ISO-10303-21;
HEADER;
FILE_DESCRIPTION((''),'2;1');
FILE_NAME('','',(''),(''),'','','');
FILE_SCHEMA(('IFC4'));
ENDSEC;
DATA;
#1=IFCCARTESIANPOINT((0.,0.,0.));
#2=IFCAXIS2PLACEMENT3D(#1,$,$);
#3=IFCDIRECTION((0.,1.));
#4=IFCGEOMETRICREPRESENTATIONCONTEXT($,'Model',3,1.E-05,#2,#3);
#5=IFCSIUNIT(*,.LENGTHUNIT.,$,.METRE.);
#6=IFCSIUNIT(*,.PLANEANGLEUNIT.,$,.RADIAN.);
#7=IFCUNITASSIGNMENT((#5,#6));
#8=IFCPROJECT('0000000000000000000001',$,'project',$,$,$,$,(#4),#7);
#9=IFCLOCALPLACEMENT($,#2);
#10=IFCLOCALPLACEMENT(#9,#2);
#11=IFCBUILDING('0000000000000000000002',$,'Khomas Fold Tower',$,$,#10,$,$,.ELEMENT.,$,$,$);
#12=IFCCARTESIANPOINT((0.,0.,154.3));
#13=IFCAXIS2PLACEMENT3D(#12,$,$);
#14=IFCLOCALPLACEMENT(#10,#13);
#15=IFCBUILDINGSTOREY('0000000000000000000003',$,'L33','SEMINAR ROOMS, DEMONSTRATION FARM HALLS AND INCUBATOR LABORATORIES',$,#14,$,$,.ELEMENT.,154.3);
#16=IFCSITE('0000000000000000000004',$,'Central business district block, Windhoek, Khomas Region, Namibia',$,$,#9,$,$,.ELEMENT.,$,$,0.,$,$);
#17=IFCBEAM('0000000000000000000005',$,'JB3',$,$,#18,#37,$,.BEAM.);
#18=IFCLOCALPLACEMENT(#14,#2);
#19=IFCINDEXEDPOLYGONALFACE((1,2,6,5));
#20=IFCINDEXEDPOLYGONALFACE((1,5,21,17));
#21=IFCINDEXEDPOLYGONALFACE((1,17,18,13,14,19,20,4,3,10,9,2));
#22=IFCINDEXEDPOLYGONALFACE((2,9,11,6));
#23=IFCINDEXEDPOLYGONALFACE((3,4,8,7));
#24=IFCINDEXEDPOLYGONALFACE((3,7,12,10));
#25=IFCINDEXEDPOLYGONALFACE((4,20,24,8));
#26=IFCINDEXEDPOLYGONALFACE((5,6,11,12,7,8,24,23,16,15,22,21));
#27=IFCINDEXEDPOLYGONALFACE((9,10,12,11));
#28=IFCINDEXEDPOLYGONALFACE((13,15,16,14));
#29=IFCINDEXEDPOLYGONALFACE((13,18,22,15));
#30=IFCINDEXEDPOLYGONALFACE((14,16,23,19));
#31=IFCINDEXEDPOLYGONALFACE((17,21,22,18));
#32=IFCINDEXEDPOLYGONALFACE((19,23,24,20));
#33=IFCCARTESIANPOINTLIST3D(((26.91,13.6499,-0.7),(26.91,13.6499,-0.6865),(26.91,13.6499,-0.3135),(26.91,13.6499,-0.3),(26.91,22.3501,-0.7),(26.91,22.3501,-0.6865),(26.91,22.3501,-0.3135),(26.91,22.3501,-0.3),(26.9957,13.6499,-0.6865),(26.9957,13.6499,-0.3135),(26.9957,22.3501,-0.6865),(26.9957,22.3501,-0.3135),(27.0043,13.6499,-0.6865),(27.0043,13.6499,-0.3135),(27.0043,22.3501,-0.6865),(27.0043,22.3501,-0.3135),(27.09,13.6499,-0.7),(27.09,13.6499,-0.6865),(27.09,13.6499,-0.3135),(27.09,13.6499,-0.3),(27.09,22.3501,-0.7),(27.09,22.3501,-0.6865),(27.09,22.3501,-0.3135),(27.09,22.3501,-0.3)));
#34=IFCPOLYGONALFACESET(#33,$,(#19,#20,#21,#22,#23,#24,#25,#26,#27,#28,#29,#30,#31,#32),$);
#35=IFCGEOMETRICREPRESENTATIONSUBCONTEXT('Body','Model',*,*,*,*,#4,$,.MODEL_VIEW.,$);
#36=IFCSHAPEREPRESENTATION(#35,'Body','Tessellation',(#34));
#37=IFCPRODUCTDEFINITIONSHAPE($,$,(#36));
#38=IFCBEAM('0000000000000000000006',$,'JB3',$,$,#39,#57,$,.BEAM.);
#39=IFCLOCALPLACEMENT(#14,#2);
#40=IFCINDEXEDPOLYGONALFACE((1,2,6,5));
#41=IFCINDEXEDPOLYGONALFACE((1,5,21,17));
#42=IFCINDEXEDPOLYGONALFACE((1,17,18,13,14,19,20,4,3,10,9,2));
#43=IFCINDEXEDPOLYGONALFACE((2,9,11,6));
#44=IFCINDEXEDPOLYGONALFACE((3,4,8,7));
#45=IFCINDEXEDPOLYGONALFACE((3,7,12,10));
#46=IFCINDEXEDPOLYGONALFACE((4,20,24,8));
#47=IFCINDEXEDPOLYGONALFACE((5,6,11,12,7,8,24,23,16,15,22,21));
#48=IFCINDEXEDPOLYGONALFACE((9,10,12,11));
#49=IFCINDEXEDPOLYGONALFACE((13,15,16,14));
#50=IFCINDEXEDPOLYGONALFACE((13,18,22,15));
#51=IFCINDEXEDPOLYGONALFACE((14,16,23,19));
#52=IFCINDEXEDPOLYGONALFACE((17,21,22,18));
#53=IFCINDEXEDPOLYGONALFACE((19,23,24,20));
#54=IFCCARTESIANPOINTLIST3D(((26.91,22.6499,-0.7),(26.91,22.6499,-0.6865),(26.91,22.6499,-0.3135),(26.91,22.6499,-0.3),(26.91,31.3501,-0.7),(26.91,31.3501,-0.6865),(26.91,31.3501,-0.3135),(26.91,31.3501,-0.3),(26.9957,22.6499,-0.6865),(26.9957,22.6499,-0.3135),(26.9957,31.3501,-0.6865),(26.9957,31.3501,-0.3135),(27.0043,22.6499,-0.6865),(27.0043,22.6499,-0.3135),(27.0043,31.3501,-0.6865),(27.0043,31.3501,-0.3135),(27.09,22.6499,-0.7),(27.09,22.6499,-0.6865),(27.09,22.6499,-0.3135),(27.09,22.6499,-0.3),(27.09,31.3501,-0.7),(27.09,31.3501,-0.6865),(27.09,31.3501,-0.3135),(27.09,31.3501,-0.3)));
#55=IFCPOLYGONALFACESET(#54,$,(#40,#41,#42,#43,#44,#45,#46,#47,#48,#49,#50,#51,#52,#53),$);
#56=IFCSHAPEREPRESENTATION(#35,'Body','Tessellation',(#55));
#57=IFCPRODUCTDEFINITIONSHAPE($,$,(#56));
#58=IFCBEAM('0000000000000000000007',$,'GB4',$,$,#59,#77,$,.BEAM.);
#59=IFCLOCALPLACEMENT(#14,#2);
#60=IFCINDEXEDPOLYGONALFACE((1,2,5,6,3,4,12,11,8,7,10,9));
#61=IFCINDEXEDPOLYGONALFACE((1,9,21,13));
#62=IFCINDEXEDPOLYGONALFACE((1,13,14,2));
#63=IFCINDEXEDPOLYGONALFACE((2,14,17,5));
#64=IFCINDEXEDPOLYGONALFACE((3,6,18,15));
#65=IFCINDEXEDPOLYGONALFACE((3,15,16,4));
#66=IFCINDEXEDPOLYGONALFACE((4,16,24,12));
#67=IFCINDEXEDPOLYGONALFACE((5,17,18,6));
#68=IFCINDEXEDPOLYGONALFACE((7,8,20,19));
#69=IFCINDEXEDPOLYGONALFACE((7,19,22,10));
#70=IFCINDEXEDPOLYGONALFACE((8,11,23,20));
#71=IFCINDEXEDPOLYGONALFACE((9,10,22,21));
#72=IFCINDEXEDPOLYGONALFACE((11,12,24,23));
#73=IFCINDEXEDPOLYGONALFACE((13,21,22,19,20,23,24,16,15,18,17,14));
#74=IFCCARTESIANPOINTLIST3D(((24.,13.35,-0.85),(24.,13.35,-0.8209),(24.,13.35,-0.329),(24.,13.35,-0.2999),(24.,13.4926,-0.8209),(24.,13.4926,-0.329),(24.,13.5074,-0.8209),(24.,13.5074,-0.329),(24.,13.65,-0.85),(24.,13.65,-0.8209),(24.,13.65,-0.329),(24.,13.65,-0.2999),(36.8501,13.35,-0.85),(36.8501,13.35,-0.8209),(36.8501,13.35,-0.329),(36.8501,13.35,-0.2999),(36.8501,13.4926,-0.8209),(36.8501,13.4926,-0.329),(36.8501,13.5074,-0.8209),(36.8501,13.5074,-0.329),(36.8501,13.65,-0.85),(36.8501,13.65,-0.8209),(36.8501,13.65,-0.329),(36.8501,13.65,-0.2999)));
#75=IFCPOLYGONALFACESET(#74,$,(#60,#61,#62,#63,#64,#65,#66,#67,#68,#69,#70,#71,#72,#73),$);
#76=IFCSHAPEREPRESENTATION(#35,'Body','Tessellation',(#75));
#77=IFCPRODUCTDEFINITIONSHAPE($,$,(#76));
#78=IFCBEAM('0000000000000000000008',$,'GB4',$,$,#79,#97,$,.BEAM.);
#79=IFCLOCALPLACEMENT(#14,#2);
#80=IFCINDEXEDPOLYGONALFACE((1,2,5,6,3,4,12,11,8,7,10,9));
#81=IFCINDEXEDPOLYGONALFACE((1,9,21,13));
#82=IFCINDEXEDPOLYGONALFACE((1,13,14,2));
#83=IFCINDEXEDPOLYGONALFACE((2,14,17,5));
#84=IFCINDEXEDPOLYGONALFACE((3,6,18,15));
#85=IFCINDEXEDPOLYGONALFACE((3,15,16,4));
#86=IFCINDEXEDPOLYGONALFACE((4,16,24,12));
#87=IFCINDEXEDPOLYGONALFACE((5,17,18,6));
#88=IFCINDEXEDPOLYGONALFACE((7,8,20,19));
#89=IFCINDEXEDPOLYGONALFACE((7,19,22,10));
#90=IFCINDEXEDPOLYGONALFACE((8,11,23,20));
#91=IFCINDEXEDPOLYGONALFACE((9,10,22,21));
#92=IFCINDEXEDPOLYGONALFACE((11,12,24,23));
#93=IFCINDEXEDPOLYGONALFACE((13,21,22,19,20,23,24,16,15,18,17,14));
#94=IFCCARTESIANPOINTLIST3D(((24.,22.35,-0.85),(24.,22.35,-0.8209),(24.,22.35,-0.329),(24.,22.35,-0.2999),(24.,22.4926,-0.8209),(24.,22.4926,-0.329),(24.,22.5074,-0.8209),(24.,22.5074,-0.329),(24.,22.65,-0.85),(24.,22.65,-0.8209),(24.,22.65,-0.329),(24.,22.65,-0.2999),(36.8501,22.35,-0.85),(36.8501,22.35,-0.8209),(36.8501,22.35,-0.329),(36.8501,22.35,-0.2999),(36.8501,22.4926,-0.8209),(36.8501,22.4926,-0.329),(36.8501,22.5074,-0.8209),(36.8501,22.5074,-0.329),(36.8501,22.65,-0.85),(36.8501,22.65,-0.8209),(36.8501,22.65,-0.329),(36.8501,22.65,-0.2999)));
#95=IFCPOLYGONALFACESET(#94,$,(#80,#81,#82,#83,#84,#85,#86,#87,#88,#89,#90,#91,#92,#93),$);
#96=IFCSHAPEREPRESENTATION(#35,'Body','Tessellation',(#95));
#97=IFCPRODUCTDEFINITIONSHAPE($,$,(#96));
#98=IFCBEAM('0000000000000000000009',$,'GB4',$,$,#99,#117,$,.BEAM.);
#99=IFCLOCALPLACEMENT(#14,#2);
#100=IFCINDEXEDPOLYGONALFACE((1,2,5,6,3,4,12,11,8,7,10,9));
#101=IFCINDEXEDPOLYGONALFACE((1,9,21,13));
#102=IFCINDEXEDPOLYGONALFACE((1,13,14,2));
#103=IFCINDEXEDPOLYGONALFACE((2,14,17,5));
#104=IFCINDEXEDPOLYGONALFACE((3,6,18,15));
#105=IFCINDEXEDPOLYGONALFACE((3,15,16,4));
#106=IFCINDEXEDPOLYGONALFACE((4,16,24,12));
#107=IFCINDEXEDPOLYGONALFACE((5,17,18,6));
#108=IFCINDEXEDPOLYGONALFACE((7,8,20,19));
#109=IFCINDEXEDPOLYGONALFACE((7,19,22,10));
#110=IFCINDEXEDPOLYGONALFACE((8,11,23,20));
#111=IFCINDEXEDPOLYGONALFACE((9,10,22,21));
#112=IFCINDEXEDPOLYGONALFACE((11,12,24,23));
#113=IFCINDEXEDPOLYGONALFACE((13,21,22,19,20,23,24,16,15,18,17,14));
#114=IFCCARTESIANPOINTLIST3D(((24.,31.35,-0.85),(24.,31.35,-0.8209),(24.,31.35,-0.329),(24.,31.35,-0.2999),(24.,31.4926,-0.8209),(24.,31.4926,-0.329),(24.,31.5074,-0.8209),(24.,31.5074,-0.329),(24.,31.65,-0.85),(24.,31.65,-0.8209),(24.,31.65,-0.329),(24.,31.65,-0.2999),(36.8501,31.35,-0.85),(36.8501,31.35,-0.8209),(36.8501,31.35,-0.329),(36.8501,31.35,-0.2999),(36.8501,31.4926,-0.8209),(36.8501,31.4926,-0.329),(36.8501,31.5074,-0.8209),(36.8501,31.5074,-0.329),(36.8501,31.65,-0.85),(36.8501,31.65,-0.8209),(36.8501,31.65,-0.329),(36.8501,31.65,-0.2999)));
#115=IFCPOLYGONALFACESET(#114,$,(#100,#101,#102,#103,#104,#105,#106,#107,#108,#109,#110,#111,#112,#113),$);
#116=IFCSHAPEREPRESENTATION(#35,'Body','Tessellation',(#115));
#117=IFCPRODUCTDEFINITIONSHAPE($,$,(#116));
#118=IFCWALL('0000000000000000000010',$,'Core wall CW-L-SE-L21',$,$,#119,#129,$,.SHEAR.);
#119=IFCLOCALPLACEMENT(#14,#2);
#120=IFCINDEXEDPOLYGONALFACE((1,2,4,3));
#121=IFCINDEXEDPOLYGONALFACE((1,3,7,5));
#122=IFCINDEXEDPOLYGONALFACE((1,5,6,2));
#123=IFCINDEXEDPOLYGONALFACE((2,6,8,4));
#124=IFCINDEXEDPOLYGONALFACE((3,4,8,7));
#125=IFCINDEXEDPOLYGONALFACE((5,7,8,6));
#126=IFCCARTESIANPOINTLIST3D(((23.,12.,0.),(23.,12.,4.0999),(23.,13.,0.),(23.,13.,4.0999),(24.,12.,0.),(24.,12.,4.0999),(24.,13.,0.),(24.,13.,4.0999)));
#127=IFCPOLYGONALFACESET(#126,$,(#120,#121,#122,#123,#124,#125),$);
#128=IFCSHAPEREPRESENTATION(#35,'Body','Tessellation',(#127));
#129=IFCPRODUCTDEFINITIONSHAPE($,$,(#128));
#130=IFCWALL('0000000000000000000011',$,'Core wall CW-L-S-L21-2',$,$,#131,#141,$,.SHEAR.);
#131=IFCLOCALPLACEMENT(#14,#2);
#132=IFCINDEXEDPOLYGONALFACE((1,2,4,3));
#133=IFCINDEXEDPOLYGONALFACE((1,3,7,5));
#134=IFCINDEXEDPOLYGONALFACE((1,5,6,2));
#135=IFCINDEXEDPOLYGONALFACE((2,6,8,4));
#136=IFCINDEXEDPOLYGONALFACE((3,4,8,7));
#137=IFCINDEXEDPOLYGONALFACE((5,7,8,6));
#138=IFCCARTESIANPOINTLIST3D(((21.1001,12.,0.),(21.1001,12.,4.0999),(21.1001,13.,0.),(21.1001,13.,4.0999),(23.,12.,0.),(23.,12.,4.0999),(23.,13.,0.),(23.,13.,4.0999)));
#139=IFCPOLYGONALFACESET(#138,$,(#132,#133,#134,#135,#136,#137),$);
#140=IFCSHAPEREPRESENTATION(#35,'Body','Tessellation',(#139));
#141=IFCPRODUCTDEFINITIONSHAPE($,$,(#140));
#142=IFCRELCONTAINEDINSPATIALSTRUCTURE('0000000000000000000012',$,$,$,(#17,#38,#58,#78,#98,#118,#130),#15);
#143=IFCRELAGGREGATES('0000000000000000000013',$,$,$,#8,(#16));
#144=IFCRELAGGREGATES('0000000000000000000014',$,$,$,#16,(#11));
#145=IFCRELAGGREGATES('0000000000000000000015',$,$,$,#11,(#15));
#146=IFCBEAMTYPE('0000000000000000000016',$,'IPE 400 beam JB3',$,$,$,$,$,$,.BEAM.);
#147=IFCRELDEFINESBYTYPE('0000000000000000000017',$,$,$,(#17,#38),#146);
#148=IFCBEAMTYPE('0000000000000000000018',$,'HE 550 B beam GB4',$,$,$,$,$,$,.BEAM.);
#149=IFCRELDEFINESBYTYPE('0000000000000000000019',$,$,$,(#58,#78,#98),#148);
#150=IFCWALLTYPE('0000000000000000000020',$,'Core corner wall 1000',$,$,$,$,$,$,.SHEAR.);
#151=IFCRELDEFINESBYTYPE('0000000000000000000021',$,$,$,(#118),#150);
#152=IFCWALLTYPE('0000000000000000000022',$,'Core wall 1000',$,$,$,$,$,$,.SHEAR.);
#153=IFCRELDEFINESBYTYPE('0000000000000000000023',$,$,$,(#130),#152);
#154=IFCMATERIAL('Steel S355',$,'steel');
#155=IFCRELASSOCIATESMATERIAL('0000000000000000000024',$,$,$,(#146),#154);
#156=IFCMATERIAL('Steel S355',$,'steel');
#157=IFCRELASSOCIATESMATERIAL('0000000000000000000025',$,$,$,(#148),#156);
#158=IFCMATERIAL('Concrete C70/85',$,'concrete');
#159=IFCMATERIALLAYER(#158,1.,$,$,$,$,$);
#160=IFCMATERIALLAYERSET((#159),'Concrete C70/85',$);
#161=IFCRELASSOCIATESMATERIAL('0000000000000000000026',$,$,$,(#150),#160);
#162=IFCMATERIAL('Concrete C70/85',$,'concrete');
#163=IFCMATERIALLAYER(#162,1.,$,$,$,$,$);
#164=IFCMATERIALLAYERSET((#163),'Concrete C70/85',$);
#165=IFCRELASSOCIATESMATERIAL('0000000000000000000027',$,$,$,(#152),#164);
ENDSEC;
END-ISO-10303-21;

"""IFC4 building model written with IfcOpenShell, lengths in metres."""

from ifc_helpers import new_model, si_unit, direction, frame, frame_2d, origin, origin_2d, place, context, subcontext, project, spatial, rectangle, i_section, extrude, source, transform, mapped, material, layer, layer_set, material_profile, profile_set, type_object, element, save


model = new_model("IFC4")

# Units and contexts
model_context = context("Model", 3, precision=1e-05, world=origin(), true_north=direction((0.0, 1.0)))
body_context = subcontext(model_context, "Body", "Model", "MODEL_VIEW")
ifc_project = project(units=[si_unit("LENGTHUNIT", "METRE"), si_unit("PLANEANGLEUNIT", "RADIAN")], contexts=[model_context])

# Site, building, storey
site_placement = place(None, origin())
site = spatial("IfcSite", under=ifc_project, at=site_placement, Name="Central business district block, Windhoek, Khomas Region, Namibia", CompositionType="ELEMENT", RefElevation=0.0)
building_placement = place(site_placement, origin())
building = spatial("IfcBuilding", under=site, at=building_placement, Name="Khomas Fold Tower", CompositionType="ELEMENT")
storey_placement = place(building_placement, frame((0.0, 0.0, 154.3)))
storey = spatial("IfcBuildingStorey", under=building, at=storey_placement, Name="L33", Description="SEMINAR ROOMS, DEMONSTRATION FARM HALLS AND INCUBATOR LABORATORIES", CompositionType="ELEMENT", Elevation=154.3)

# Beams
ifc_material_1 = material(Name="Steel S355", Category="steel")
ifc_material_profile_1 = material_profile(ifc_material_1, i_section(OverallWidth=0.1799, OverallDepth=0.3999, WebThickness=0.0085, FlangeThickness=0.0134, at=origin_2d()), Name="IPE 400")
ifc_profile_set_1 = profile_set([ifc_material_profile_1], Name="Steel S355")
beam_type_1 = type_object("IfcBeamType", Name="IPE 400 beam JB3", PredefinedType="BEAM", material=ifc_profile_set_1)
shared_shape_1 = source(origin(), body_context, "Body", "SweptSolid", [
    extrude(i_section(OverallWidth=0.1799, OverallDepth=0.3999, WebThickness=0.0085, FlangeThickness=0.0134, at=origin_2d()), origin(), (0.0, 0.0, 1.0), 8.7002),
])
for number, where, z_axis, x_axis, name in (
    (1, (27.0, 13.6499, -0.5), (0.0, 1.0, 0.0), (-1.0, 0.0, 0.0), "JB3"),
    (2, (27.0, 22.6499, -0.5), (0.0, 1.0, 0.0), (-1.0, 0.0, 0.0), "JB3"),
):
    element("IfcBeam", number, at=place(storey_placement, frame(where, z_axis=z_axis, x_axis=x_axis)), inside=storey, type_object=beam_type_1, Name=name, PredefinedType="BEAM", context=body_context, shape_type="MappedRepresentation", body=[
        mapped(shared_shape_1, transform((0.0, 0.0, 0.0))),
    ])
ifc_material_2 = material(Name="Steel S355", Category="steel")
ifc_material_profile_2 = material_profile(ifc_material_2, i_section(OverallWidth=0.3, OverallDepth=0.55, WebThickness=0.0149, FlangeThickness=0.0291, at=origin_2d()), Name="HE 550 B")
ifc_profile_set_2 = profile_set([ifc_material_profile_2], Name="Steel S355")
beam_type_2 = type_object("IfcBeamType", Name="HE 550 B beam GB4", PredefinedType="BEAM", material=ifc_profile_set_2)
shared_shape_2 = source(origin(), body_context, "Body", "SweptSolid", [
    extrude(i_section(OverallWidth=0.3, OverallDepth=0.55, WebThickness=0.0149, FlangeThickness=0.0291, at=origin_2d()), origin(), (0.0, 0.0, 1.0), 12.8501),
])
for number, where, z_axis, x_axis, name in (
    (3, (24.0, 13.5, -0.575), (1.0, 0.0, 0.0), (0.0, 1.0, 0.0), "GB4"),
    (4, (24.0, 22.5, -0.575), (1.0, 0.0, 0.0), (0.0, 1.0, 0.0), "GB4"),
    (5, (24.0, 31.5, -0.575), (1.0, 0.0, 0.0), (0.0, 1.0, 0.0), "GB4"),
):
    element("IfcBeam", number, at=place(storey_placement, frame(where, z_axis=z_axis, x_axis=x_axis)), inside=storey, type_object=beam_type_2, Name=name, PredefinedType="BEAM", context=body_context, shape_type="MappedRepresentation", body=[
        mapped(shared_shape_2, transform((0.0, 0.0, 0.0))),
    ])

# Walls
ifc_material_3 = material(Name="Concrete C70/85", Category="concrete")
ifc_layer_1 = layer(ifc_material_3, 1.0)
ifc_layer_set_1 = layer_set([ifc_layer_1], Name="Concrete C70/85")
wall_type_1 = type_object("IfcWallType", Name="Core corner wall 1000", PredefinedType="SHEAR", material=ifc_layer_set_1)
shared_shape_3 = source(origin(), body_context, "Body", "SweptSolid", [
    extrude(rectangle(XDim=1.0, YDim=1.0, at=frame_2d((0.5, 0.0))), origin(), (0.0, 0.0, 1.0), 4.0999),
])
wall_1_placement = place(storey_placement, frame((23.0, 12.5, 0.0), z_axis=(0.0, 0.0, 1.0), x_axis=(1.0, 0.0, 0.0)))
element("IfcWall", 6, at=wall_1_placement, inside=storey, type_object=wall_type_1, Name="Core wall CW-L-SE-L21", PredefinedType="SHEAR", context=body_context, shape_type="MappedRepresentation", body=[
    mapped(shared_shape_3, transform((0.0, 0.0, 0.0))),
])
ifc_material_4 = material(Name="Concrete C70/85", Category="concrete")
ifc_layer_2 = layer(ifc_material_4, 1.0)
ifc_layer_set_2 = layer_set([ifc_layer_2], Name="Concrete C70/85")
wall_type_2 = type_object("IfcWallType", Name="Core wall 1000", PredefinedType="SHEAR", material=ifc_layer_set_2)
shared_shape_4 = source(origin(), body_context, "Body", "SweptSolid", [
    extrude(rectangle(XDim=1.8999, YDim=1.0, at=frame_2d((0.95, 0.0))), origin(), (0.0, 0.0, 1.0), 4.0999),
])
wall_2_placement = place(storey_placement, frame((21.1001, 12.5, 0.0), z_axis=(0.0, 0.0, 1.0), x_axis=(1.0, 0.0, 0.0)))
element("IfcWall", 7, at=wall_2_placement, inside=storey, type_object=wall_type_2, Name="Core wall CW-L-S-L21-2", PredefinedType="SHEAR", context=body_context, shape_type="MappedRepresentation", body=[
    mapped(shared_shape_4, transform((0.0, 0.0, 0.0))),
])

save(model, "model.ifc")
